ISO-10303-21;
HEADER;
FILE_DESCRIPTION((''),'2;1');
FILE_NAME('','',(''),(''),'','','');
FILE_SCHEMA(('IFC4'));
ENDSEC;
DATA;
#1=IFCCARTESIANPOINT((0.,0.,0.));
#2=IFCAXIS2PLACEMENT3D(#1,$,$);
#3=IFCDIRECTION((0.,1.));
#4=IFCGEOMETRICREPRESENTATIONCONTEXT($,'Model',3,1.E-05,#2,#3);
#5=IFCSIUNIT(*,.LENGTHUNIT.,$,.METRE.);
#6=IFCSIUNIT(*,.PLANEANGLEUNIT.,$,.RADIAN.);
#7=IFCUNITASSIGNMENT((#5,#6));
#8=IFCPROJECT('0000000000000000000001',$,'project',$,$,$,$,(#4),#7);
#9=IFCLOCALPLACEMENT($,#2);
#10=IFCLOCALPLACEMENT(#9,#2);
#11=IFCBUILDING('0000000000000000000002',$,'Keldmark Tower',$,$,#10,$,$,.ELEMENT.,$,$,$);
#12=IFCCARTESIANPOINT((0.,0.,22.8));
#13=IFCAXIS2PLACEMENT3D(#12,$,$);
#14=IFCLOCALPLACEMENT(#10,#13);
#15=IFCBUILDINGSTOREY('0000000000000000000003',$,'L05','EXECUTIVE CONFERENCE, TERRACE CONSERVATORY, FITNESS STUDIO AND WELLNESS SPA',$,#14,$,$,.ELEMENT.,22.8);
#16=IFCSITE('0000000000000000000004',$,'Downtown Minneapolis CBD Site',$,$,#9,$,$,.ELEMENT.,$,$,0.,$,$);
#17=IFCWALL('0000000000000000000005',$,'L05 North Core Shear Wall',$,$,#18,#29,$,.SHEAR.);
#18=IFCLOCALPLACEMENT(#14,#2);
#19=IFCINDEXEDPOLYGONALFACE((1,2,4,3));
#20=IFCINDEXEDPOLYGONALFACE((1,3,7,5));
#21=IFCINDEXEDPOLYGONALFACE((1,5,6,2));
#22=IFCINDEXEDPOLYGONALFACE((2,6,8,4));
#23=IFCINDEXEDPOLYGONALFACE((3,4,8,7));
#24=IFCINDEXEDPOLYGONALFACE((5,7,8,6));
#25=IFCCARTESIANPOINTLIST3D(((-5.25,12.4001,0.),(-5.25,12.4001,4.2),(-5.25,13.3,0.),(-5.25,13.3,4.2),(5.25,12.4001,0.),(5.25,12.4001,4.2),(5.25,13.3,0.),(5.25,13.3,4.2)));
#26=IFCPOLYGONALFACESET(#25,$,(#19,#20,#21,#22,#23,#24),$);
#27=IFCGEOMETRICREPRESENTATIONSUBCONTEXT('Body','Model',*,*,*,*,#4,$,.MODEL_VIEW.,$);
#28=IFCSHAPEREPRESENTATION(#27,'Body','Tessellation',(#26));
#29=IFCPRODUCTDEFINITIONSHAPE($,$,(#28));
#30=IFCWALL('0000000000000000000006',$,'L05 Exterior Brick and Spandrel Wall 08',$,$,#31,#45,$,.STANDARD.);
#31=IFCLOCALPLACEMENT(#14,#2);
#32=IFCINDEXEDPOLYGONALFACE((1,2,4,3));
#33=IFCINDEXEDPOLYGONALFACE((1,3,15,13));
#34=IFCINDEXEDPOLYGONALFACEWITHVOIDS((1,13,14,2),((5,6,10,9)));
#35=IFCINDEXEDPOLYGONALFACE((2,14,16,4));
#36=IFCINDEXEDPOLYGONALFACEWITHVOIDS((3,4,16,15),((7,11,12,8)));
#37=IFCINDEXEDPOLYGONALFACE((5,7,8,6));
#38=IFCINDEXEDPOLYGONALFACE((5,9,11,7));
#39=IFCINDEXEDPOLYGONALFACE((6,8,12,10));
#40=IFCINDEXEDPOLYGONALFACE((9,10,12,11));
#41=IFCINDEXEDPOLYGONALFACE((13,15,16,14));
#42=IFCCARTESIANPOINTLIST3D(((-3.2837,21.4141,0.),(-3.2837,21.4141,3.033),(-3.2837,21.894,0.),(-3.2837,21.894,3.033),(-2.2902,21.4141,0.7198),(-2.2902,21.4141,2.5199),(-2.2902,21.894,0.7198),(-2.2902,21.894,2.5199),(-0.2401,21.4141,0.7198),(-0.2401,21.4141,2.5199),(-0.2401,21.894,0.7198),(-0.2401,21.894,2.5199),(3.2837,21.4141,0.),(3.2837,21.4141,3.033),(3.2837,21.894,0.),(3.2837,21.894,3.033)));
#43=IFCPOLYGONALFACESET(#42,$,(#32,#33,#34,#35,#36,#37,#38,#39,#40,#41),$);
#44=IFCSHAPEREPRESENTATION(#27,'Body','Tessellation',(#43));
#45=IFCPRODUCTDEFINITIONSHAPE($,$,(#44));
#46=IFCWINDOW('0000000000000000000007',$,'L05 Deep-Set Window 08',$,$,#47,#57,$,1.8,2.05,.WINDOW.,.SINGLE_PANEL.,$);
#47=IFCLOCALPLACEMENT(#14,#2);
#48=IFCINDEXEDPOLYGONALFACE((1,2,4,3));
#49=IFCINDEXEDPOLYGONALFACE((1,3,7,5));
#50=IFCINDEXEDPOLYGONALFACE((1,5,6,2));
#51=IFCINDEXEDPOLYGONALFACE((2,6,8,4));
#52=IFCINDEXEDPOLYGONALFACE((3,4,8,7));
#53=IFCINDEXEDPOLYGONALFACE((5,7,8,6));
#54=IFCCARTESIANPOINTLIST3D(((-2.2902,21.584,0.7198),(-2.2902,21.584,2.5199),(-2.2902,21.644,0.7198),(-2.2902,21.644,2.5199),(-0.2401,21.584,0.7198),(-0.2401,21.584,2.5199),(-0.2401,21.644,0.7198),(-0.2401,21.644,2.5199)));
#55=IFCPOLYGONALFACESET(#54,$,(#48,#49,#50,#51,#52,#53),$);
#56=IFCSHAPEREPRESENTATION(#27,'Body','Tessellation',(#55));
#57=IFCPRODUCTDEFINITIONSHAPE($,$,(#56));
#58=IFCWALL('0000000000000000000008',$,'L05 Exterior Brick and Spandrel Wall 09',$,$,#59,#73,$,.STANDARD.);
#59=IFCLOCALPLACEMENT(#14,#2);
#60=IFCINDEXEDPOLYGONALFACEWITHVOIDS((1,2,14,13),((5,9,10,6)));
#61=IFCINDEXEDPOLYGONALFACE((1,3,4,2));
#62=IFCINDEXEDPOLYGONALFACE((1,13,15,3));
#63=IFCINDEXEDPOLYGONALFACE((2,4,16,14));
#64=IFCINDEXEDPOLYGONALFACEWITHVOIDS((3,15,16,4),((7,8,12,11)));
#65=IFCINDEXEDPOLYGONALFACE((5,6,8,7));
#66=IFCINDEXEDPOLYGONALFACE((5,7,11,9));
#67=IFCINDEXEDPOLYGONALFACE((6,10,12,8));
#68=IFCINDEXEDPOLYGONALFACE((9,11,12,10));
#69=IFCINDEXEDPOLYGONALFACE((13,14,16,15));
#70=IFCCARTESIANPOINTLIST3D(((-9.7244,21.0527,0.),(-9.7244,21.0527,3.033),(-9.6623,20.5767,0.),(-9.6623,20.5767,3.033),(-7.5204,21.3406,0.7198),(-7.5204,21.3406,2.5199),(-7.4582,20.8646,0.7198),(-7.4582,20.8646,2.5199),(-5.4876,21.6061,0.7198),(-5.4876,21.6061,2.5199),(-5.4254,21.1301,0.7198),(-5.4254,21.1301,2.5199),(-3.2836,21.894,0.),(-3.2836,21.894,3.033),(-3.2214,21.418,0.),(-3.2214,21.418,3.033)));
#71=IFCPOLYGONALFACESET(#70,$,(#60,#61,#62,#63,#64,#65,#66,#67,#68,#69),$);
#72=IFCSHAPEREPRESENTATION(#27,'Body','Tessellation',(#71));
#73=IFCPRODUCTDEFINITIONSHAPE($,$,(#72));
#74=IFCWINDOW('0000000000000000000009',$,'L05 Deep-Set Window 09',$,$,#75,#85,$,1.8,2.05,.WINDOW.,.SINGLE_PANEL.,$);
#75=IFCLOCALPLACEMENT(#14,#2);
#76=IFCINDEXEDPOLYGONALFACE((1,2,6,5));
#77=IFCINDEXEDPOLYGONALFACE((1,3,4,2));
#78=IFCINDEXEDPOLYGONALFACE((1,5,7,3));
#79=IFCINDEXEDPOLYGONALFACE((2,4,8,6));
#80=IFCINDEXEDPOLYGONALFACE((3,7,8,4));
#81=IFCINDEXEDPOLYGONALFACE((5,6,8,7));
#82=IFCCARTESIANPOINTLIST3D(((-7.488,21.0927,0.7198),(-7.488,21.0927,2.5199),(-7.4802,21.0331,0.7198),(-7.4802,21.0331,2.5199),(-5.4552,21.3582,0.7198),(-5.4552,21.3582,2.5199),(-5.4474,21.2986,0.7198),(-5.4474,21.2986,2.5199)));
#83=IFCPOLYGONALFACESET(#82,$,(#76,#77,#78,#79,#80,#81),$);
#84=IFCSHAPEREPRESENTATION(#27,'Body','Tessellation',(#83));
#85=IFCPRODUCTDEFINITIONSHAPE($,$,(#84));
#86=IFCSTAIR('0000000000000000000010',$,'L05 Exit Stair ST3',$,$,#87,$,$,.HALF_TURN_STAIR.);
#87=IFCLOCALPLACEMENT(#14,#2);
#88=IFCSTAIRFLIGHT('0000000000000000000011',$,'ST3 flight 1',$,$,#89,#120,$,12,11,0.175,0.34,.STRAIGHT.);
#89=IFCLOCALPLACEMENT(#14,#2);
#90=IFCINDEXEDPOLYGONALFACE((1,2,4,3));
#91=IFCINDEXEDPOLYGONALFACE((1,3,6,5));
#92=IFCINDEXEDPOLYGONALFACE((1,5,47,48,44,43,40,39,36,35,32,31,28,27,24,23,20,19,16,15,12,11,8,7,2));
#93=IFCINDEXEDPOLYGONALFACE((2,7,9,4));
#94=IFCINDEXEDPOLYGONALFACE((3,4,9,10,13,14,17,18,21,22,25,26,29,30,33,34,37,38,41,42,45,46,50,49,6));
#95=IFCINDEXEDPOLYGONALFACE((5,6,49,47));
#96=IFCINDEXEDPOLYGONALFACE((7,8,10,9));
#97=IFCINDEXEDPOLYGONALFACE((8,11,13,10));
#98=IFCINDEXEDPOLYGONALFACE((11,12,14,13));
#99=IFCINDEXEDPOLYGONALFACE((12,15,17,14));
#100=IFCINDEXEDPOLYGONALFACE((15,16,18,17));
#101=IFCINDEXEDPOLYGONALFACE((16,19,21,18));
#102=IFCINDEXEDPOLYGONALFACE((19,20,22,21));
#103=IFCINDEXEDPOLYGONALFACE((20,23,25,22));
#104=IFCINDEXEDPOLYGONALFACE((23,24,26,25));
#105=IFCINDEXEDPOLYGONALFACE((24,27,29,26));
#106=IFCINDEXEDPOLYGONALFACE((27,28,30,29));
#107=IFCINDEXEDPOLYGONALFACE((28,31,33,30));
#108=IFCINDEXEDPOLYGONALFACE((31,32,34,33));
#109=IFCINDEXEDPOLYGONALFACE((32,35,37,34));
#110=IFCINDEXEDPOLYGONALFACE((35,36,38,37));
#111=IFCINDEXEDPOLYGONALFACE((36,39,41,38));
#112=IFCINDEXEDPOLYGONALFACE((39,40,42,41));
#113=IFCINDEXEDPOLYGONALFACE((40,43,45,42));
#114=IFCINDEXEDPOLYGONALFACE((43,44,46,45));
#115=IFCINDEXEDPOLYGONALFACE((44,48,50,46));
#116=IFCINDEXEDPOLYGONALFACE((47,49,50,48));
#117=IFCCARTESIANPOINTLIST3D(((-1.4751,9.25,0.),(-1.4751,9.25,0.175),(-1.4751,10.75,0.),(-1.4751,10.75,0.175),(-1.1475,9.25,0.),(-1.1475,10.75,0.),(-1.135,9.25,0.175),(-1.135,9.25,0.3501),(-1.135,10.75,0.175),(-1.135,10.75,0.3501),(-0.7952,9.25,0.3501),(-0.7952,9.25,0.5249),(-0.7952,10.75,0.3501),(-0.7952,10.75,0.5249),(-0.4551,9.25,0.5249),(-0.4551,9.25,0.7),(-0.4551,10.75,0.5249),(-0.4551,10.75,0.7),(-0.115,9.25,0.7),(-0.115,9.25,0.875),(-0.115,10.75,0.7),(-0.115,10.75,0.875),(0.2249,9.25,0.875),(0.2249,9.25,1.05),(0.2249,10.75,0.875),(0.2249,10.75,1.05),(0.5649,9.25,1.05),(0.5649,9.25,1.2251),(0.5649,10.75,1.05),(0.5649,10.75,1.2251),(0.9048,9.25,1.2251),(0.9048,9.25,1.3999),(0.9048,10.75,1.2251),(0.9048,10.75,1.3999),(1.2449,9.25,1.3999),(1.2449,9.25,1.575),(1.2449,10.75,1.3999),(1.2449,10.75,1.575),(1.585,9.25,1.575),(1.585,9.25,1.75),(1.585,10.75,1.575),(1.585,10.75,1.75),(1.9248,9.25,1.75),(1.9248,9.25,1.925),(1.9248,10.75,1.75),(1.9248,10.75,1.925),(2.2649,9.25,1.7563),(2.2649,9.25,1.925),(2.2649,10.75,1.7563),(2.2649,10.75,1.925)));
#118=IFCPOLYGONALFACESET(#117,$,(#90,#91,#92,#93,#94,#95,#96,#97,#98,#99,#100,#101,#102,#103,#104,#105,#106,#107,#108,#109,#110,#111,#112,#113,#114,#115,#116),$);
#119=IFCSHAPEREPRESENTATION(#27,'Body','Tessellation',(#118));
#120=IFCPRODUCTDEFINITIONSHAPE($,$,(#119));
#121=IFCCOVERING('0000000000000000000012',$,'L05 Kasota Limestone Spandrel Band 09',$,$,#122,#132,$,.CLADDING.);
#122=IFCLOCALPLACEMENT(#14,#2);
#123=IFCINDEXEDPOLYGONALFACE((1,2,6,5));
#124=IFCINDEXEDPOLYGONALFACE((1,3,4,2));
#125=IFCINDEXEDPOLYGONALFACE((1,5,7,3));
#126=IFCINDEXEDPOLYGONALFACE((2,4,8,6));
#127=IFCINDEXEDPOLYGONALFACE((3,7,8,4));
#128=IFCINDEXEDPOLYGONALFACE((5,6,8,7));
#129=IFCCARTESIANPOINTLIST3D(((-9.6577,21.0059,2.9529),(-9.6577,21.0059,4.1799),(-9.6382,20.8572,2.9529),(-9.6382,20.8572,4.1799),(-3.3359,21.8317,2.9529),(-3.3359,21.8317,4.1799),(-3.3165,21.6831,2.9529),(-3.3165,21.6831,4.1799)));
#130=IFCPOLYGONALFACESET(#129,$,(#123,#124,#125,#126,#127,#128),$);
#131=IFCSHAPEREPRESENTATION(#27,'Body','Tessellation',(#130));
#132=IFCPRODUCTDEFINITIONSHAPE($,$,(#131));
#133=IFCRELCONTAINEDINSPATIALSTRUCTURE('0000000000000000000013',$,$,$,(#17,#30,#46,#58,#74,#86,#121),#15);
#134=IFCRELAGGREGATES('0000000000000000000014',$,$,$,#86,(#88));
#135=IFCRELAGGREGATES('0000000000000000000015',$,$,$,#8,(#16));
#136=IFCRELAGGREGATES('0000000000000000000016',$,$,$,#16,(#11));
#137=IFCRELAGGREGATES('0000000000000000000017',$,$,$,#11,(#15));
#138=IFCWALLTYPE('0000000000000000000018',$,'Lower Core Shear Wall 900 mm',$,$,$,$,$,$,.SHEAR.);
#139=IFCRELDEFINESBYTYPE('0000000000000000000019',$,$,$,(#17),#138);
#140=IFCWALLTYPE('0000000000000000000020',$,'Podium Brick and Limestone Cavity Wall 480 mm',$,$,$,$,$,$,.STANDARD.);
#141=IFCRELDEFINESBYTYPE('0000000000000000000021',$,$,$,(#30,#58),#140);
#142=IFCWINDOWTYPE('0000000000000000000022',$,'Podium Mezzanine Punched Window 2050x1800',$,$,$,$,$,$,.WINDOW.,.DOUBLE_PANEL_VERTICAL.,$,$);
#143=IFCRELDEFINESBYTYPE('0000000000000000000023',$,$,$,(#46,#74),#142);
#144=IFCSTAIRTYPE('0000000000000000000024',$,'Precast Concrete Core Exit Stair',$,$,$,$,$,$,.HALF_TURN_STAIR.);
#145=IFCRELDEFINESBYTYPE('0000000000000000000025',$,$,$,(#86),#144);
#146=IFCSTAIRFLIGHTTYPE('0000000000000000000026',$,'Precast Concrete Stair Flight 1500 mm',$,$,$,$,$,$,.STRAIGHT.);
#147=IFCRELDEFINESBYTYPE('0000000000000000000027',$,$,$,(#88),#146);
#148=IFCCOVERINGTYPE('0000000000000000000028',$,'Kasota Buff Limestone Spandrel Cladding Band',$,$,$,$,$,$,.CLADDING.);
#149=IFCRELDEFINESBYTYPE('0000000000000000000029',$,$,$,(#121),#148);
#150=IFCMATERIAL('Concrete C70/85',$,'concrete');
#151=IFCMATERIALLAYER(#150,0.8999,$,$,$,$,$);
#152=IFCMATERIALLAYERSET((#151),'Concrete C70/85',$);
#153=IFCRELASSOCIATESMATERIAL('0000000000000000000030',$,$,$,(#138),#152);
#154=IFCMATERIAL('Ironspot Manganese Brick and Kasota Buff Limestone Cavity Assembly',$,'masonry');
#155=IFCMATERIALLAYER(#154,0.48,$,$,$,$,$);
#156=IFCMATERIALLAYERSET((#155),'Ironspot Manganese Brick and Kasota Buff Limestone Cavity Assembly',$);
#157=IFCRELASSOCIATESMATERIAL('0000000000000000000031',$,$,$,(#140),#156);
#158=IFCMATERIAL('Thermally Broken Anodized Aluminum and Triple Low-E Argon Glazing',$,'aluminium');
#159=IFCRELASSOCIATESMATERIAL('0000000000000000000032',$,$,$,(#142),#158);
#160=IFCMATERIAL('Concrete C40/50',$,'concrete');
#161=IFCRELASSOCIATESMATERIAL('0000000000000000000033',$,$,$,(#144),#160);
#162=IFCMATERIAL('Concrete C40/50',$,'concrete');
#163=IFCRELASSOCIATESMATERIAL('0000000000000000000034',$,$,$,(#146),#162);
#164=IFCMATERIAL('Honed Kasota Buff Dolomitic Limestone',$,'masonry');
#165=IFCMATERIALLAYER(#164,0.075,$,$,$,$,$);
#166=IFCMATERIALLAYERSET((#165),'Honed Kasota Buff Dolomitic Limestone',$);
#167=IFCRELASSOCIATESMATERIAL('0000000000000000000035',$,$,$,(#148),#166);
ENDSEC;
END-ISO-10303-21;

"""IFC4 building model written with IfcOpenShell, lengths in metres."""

from ifc_helpers import new_model, si_unit, direction, frame, frame_2d, origin, origin_2d, place, context, subcontext, project, spatial, polyline, rectangle, outline, extrude, material, layer, layer_set, type_object, element, fill, aggregate, save


model = new_model("IFC4")

# Units and contexts
model_context = context("Model", 3, precision=1e-05, world=origin(), true_north=direction((0.0, 1.0)))
body_context = subcontext(model_context, "Body", "Model", "MODEL_VIEW")
ifc_project = project(units=[si_unit("LENGTHUNIT", "METRE"), si_unit("PLANEANGLEUNIT", "RADIAN")], contexts=[model_context])

# Site, building, storey
site_placement = place(None, origin())
site = spatial("IfcSite", under=ifc_project, at=site_placement, Name="Downtown Minneapolis CBD Site", CompositionType="ELEMENT", RefElevation=0.0)
building_placement = place(site_placement, origin())
building = spatial("IfcBuilding", under=site, at=building_placement, Name="Keldmark Tower", CompositionType="ELEMENT")
storey_placement = place(building_placement, frame((0.0, 0.0, 22.8)))
storey = spatial("IfcBuildingStorey", under=building, at=storey_placement, Name="L05", Description="EXECUTIVE CONFERENCE, TERRACE CONSERVATORY, FITNESS STUDIO AND WELLNESS SPA", CompositionType="ELEMENT", Elevation=22.8)

# Wall
ifc_material_1 = material(Name="Concrete C70/85", Category="concrete")
ifc_layer_1 = layer(ifc_material_1, 0.8999)
ifc_layer_set_1 = layer_set([ifc_layer_1], Name="Concrete C70/85")
wall_type_1 = type_object("IfcWallType", Name="Lower Core Shear Wall 900 mm", PredefinedType="SHEAR", material=ifc_layer_set_1)
wall_1_placement = place(storey_placement, frame((-5.25, 12.8501, 0.0), z_axis=(0.0, 0.0, 1.0), x_axis=(1.0, 0.0, 0.0)))
element("IfcWall", 1, at=wall_1_placement, inside=storey, type_object=wall_type_1, Name="L05 North Core Shear Wall", PredefinedType="SHEAR", context=body_context, shape_type="SweptSolid", body=[
    extrude(rectangle(XDim=10.5, YDim=0.8999, at=frame_2d((5.25, 0.0))), origin(), (0.0, 0.0, 1.0), 4.2),
])

# Walls, openings, windows
ifc_material_2 = material(Name="Ironspot Manganese Brick and Kasota Buff Limestone Cavity Assembly", Category="masonry")
ifc_layer_2 = layer(ifc_material_2, 0.48)
ifc_layer_set_2 = layer_set([ifc_layer_2], Name="Ironspot Manganese Brick and Kasota Buff Limestone Cavity Assembly")
wall_type_2 = type_object("IfcWallType", Name="Podium Brick and Limestone Cavity Wall 480 mm", PredefinedType="STANDARD", material=ifc_layer_set_2)
wall_2_placement = place(storey_placement, frame((-3.2837, 21.6541, 0.0), z_axis=(0.0, 0.0, 1.0), x_axis=(1.0, 0.0, 0.0)))
wall_2 = element("IfcWall", 2, at=wall_2_placement, inside=storey, type_object=wall_type_2, Name="L05 Exterior Brick and Spandrel Wall 08", PredefinedType="STANDARD", context=body_context, shape_type="SweptSolid", body=[
    extrude(rectangle(XDim=6.5674, YDim=0.48, at=frame_2d((3.2837, 0.0))), origin(), (0.0, 0.0, 1.0), 3.033),
])
opening_1_placement = place(wall_2_placement, frame((0.9937, 0.0, 0.72)))
opening_1 = element("IfcOpeningElement", 3, at=opening_1_placement, cuts=wall_2, PredefinedType="OPENING", context=body_context, shape_type="SweptSolid", body=[
    extrude(rectangle(XDim=2.05, YDim=1.8, at=frame_2d((1.0249, 0.8999))), frame((0.0, 0.25, 0.0), z_axis=(0.0, -1.0, 0.0), x_axis=(1.0, 0.0, 0.0)), (0.0, 0.0, 1.0), 0.5),
])
ifc_material_3 = material(Name="Thermally Broken Anodized Aluminum and Triple Low-E Argon Glazing", Category="aluminium")
window_type = type_object("IfcWindowType", Name="Podium Mezzanine Punched Window 2050x1800", PartitioningType="DOUBLE_PANEL_VERTICAL", PredefinedType="WINDOW", material=ifc_material_3)
window_1_placement = place(opening_1_placement, origin())
window_1 = element("IfcWindow", 4, at=window_1_placement, inside=storey, type_object=window_type, Name="L05 Deep-Set Window 08", OverallHeight=1.8, OverallWidth=2.05, PartitioningType="SINGLE_PANEL", PredefinedType="WINDOW", context=body_context, shape_type="SweptSolid", body=[
    extrude(rectangle(XDim=2.05, YDim=1.8, at=frame_2d((1.0249, 0.8999))), frame((0.0, -0.01, 0.0), z_axis=(0.0, -1.0, 0.0), x_axis=(1.0, 0.0, 0.0)), (0.0, 0.0, 1.0), 0.0601),
])
fill(opening_1, window_1)
wall_3_placement = place(storey_placement, frame((-9.6934, 20.8147, 0.0), z_axis=(0.0, 0.0, 1.0), x_axis=(0.991577, 0.129519, 0.0)))
wall_3 = element("IfcWall", 5, at=wall_3_placement, inside=storey, type_object=wall_type_2, Name="L05 Exterior Brick and Spandrel Wall 09", PredefinedType="STANDARD", context=body_context, shape_type="SweptSolid", body=[
    extrude(rectangle(XDim=6.4956, YDim=0.48, at=frame_2d((3.2478, 0.0))), origin(), (0.0, 0.0, 1.0), 3.033),
])
opening_2_placement = place(wall_3_placement, frame((2.2229, 0.0, 0.72)))
opening_2 = element("IfcOpeningElement", 6, at=opening_2_placement, cuts=wall_3, PredefinedType="OPENING", context=body_context, shape_type="SweptSolid", body=[
    extrude(rectangle(XDim=2.05, YDim=1.8, at=frame_2d((1.0249, 0.8999))), frame((0.0, 0.25, 0.0), z_axis=(0.0, -1.0, 0.0), x_axis=(1.0, 0.0, 0.0)), (0.0, 0.0, 1.0), 0.5),
])
window_2_placement = place(opening_2_placement, origin())
window_2 = element("IfcWindow", 7, at=window_2_placement, inside=storey, type_object=window_type, Name="L05 Deep-Set Window 09", OverallHeight=1.8, OverallWidth=2.05, PartitioningType="SINGLE_PANEL", PredefinedType="WINDOW", context=body_context, shape_type="SweptSolid", body=[
    extrude(rectangle(XDim=2.05, YDim=1.8, at=frame_2d((1.0249, 0.8999))), frame((0.0, -0.01, 0.0), z_axis=(0.0, -1.0, 0.0), x_axis=(1.0, 0.0, 0.0)), (0.0, 0.0, 1.0), 0.0601),
])
fill(opening_2, window_2)

# Stair, stair flight
ifc_material_4 = material(Name="Concrete C40/50", Category="concrete")
stair_type = type_object("IfcStairType", Name="Precast Concrete Core Exit Stair", PredefinedType="HALF_TURN_STAIR", material=ifc_material_4)
stair_placement = place(storey_placement, origin())
stair = element("IfcStair", 8, at=stair_placement, inside=storey, type_object=stair_type, Name="L05 Exit Stair ST3", PredefinedType="HALF_TURN_STAIR")
ifc_material_5 = material(Name="Concrete C40/50", Category="concrete")
stair_flight_type = type_object("IfcStairFlightType", Name="Precast Concrete Stair Flight 1500 mm", PredefinedType="STRAIGHT", material=ifc_material_5)
stair_flight_placement = place(storey_placement, frame((-1.4751, 10.0, 0.0), z_axis=(0.0, 0.0, 1.0), x_axis=(1.0, 0.0, 0.0)))
stair_flight = element("IfcStairFlight", 9, at=stair_flight_placement, type_object=stair_flight_type, Name="ST3 flight 1", NumberOfRisers=12, NumberOfTreads=11, PredefinedType="STRAIGHT", RiserHeight=0.175, TreadLength=0.34, context=body_context, shape_type="SweptSolid", body=[
    extrude(outline(polyline([(0.0, 0.0), (0.0, 0.175), (0.3401, 0.175), (0.3401, 0.3501), (0.6799, 0.3501), (0.6799, 0.5249), (1.02, 0.5249), (1.02, 0.7), (1.3601, 0.7), (1.3601, 0.875), (1.7, 0.875), (1.7, 1.05), (2.04, 1.05), (2.04, 1.2251), (2.3799, 1.2251), (2.3799, 1.3999), (2.72, 1.3999), (2.72, 1.575), (3.0601, 1.575), (3.0601, 1.75), (3.3999, 1.75), (3.3999, 1.925), (3.74, 1.925), (3.74, 2.1001), (3.74, 1.7563), (0.3276, 0.0), (0.0, 0.0)])), frame((0.0, 0.75, 0.0), z_axis=(0.0, -1.0, 0.0), x_axis=(1.0, 0.0, 0.0)), (0.0, 0.0, 1.0), 1.5),
])
aggregate(stair, [stair_flight])

# Covering
ifc_material_6 = material(Name="Honed Kasota Buff Dolomitic Limestone", Category="masonry")
ifc_layer_3 = layer(ifc_material_6, 0.075)
ifc_layer_set_3 = layer_set([ifc_layer_3], Name="Honed Kasota Buff Dolomitic Limestone")
covering_type = type_object("IfcCoveringType", Name="Kasota Buff Limestone Spandrel Cladding Band", PredefinedType="CLADDING", material=ifc_layer_set_3)
covering_placement = place(storey_placement, frame((-6.4871, 21.3445, 2.9529), z_axis=(0.0, 0.0, 1.0), x_axis=(-0.991574, -0.12954, 0.0)))
element("IfcCovering", 10, at=covering_placement, inside=storey, type_object=covering_type, Name="L05 Kasota Limestone Spandrel Band 09", PredefinedType="CLADDING", context=body_context, shape_type="SweptSolid", body=[
    extrude(rectangle(XDim=6.3755, YDim=0.1499, at=origin_2d()), origin(), (0.0, 0.0, 1.0), 1.2271),
])

save(model, "model.ifc")
